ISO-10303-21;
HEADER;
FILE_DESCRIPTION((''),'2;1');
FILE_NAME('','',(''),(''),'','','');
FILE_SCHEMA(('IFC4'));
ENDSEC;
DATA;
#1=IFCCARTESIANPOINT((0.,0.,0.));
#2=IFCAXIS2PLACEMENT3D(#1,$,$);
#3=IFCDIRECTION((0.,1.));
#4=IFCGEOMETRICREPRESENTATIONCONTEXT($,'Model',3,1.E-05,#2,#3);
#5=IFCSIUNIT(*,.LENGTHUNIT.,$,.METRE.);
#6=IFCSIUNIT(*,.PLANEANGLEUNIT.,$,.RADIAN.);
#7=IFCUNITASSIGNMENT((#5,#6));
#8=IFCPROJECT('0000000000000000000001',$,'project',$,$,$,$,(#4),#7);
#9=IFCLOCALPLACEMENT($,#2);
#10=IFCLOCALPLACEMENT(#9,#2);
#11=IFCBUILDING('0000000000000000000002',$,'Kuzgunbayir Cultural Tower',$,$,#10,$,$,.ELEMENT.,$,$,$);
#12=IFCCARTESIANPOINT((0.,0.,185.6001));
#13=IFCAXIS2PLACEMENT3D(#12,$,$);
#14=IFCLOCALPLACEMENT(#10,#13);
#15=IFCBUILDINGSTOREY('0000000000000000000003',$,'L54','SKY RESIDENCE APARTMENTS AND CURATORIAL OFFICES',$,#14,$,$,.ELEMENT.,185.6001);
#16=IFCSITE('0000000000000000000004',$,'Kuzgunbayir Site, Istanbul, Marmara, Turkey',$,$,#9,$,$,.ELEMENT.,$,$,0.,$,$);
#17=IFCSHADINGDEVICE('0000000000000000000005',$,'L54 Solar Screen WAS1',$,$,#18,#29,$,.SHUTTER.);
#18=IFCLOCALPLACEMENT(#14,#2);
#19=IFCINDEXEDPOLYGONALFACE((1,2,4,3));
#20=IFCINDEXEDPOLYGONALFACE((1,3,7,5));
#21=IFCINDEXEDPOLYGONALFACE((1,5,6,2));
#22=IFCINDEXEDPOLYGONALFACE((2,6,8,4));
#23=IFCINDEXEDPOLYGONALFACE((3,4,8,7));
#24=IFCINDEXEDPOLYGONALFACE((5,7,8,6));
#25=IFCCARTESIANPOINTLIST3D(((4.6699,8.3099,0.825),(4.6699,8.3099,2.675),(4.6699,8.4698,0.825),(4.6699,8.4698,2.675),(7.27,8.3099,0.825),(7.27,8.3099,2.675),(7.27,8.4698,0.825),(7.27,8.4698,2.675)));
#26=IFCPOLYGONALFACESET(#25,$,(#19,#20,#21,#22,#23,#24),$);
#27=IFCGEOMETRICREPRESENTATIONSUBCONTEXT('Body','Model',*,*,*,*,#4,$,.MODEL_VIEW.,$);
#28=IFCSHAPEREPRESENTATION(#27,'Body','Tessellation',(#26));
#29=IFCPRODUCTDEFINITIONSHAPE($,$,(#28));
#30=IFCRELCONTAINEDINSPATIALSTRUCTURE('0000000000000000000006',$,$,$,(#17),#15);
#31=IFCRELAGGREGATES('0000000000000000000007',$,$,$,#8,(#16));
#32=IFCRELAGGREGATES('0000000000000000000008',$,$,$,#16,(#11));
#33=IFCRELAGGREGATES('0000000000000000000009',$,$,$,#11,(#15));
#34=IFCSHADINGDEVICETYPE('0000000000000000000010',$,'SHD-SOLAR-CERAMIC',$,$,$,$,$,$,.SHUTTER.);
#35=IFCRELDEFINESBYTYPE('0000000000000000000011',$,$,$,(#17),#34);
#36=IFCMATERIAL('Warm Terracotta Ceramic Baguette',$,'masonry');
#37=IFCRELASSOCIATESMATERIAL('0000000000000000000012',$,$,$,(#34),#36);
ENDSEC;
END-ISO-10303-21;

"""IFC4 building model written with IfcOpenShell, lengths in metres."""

from ifc_helpers import new_model, si_unit, direction, frame, origin, origin_2d, place, context, subcontext, project, spatial, rectangle, extrude, material, type_object, element, save


model = new_model("IFC4")

# Units and contexts
model_context = context("Model", 3, precision=1e-05, world=origin(), true_north=direction((0.0, 1.0)))
body_context = subcontext(model_context, "Body", "Model", "MODEL_VIEW")
ifc_project = project(units=[si_unit("LENGTHUNIT", "METRE"), si_unit("PLANEANGLEUNIT", "RADIAN")], contexts=[model_context])

# Site, building, storey
site_placement = place(None, origin())
site = spatial("IfcSite", under=ifc_project, at=site_placement, Name="Kuzgunbayir Site, Istanbul, Marmara, Turkey", CompositionType="ELEMENT", RefElevation=0.0)
building_placement = place(site_placement, origin())
building = spatial("IfcBuilding", under=site, at=building_placement, Name="Kuzgunbayir Cultural Tower", CompositionType="ELEMENT")
storey_placement = place(building_placement, frame((0.0, 0.0, 185.6001)))
storey = spatial("IfcBuildingStorey", under=building, at=storey_placement, Name="L54", Description="SKY RESIDENCE APARTMENTS AND CURATORIAL OFFICES", CompositionType="ELEMENT", Elevation=185.6001)

# Shading device
ifc_material_1 = material(Name="Warm Terracotta Ceramic Baguette", Category="masonry")
shading_device_type_1 = type_object("IfcShadingDeviceType", Name="SHD-SOLAR-CERAMIC", PredefinedType="SHUTTER", material=ifc_material_1)
shading_device_placement = place(storey_placement, frame((5.97, 8.3899, 0.825), z_axis=(0.0, 0.0, 1.0), x_axis=(1.0, 0.0, 0.0)))
element("IfcShadingDevice", 1, at=shading_device_placement, inside=storey, type_object=shading_device_type_1, Name="L54 Solar Screen WAS1", PredefinedType="SHUTTER", context=body_context, shape_type="SweptSolid", body=[
    extrude(rectangle(XDim=2.6001, YDim=0.1599, at=origin_2d()), origin(), (0.0, 0.0, 1.0), 1.8501),
])

save(model, "model.ifc")
